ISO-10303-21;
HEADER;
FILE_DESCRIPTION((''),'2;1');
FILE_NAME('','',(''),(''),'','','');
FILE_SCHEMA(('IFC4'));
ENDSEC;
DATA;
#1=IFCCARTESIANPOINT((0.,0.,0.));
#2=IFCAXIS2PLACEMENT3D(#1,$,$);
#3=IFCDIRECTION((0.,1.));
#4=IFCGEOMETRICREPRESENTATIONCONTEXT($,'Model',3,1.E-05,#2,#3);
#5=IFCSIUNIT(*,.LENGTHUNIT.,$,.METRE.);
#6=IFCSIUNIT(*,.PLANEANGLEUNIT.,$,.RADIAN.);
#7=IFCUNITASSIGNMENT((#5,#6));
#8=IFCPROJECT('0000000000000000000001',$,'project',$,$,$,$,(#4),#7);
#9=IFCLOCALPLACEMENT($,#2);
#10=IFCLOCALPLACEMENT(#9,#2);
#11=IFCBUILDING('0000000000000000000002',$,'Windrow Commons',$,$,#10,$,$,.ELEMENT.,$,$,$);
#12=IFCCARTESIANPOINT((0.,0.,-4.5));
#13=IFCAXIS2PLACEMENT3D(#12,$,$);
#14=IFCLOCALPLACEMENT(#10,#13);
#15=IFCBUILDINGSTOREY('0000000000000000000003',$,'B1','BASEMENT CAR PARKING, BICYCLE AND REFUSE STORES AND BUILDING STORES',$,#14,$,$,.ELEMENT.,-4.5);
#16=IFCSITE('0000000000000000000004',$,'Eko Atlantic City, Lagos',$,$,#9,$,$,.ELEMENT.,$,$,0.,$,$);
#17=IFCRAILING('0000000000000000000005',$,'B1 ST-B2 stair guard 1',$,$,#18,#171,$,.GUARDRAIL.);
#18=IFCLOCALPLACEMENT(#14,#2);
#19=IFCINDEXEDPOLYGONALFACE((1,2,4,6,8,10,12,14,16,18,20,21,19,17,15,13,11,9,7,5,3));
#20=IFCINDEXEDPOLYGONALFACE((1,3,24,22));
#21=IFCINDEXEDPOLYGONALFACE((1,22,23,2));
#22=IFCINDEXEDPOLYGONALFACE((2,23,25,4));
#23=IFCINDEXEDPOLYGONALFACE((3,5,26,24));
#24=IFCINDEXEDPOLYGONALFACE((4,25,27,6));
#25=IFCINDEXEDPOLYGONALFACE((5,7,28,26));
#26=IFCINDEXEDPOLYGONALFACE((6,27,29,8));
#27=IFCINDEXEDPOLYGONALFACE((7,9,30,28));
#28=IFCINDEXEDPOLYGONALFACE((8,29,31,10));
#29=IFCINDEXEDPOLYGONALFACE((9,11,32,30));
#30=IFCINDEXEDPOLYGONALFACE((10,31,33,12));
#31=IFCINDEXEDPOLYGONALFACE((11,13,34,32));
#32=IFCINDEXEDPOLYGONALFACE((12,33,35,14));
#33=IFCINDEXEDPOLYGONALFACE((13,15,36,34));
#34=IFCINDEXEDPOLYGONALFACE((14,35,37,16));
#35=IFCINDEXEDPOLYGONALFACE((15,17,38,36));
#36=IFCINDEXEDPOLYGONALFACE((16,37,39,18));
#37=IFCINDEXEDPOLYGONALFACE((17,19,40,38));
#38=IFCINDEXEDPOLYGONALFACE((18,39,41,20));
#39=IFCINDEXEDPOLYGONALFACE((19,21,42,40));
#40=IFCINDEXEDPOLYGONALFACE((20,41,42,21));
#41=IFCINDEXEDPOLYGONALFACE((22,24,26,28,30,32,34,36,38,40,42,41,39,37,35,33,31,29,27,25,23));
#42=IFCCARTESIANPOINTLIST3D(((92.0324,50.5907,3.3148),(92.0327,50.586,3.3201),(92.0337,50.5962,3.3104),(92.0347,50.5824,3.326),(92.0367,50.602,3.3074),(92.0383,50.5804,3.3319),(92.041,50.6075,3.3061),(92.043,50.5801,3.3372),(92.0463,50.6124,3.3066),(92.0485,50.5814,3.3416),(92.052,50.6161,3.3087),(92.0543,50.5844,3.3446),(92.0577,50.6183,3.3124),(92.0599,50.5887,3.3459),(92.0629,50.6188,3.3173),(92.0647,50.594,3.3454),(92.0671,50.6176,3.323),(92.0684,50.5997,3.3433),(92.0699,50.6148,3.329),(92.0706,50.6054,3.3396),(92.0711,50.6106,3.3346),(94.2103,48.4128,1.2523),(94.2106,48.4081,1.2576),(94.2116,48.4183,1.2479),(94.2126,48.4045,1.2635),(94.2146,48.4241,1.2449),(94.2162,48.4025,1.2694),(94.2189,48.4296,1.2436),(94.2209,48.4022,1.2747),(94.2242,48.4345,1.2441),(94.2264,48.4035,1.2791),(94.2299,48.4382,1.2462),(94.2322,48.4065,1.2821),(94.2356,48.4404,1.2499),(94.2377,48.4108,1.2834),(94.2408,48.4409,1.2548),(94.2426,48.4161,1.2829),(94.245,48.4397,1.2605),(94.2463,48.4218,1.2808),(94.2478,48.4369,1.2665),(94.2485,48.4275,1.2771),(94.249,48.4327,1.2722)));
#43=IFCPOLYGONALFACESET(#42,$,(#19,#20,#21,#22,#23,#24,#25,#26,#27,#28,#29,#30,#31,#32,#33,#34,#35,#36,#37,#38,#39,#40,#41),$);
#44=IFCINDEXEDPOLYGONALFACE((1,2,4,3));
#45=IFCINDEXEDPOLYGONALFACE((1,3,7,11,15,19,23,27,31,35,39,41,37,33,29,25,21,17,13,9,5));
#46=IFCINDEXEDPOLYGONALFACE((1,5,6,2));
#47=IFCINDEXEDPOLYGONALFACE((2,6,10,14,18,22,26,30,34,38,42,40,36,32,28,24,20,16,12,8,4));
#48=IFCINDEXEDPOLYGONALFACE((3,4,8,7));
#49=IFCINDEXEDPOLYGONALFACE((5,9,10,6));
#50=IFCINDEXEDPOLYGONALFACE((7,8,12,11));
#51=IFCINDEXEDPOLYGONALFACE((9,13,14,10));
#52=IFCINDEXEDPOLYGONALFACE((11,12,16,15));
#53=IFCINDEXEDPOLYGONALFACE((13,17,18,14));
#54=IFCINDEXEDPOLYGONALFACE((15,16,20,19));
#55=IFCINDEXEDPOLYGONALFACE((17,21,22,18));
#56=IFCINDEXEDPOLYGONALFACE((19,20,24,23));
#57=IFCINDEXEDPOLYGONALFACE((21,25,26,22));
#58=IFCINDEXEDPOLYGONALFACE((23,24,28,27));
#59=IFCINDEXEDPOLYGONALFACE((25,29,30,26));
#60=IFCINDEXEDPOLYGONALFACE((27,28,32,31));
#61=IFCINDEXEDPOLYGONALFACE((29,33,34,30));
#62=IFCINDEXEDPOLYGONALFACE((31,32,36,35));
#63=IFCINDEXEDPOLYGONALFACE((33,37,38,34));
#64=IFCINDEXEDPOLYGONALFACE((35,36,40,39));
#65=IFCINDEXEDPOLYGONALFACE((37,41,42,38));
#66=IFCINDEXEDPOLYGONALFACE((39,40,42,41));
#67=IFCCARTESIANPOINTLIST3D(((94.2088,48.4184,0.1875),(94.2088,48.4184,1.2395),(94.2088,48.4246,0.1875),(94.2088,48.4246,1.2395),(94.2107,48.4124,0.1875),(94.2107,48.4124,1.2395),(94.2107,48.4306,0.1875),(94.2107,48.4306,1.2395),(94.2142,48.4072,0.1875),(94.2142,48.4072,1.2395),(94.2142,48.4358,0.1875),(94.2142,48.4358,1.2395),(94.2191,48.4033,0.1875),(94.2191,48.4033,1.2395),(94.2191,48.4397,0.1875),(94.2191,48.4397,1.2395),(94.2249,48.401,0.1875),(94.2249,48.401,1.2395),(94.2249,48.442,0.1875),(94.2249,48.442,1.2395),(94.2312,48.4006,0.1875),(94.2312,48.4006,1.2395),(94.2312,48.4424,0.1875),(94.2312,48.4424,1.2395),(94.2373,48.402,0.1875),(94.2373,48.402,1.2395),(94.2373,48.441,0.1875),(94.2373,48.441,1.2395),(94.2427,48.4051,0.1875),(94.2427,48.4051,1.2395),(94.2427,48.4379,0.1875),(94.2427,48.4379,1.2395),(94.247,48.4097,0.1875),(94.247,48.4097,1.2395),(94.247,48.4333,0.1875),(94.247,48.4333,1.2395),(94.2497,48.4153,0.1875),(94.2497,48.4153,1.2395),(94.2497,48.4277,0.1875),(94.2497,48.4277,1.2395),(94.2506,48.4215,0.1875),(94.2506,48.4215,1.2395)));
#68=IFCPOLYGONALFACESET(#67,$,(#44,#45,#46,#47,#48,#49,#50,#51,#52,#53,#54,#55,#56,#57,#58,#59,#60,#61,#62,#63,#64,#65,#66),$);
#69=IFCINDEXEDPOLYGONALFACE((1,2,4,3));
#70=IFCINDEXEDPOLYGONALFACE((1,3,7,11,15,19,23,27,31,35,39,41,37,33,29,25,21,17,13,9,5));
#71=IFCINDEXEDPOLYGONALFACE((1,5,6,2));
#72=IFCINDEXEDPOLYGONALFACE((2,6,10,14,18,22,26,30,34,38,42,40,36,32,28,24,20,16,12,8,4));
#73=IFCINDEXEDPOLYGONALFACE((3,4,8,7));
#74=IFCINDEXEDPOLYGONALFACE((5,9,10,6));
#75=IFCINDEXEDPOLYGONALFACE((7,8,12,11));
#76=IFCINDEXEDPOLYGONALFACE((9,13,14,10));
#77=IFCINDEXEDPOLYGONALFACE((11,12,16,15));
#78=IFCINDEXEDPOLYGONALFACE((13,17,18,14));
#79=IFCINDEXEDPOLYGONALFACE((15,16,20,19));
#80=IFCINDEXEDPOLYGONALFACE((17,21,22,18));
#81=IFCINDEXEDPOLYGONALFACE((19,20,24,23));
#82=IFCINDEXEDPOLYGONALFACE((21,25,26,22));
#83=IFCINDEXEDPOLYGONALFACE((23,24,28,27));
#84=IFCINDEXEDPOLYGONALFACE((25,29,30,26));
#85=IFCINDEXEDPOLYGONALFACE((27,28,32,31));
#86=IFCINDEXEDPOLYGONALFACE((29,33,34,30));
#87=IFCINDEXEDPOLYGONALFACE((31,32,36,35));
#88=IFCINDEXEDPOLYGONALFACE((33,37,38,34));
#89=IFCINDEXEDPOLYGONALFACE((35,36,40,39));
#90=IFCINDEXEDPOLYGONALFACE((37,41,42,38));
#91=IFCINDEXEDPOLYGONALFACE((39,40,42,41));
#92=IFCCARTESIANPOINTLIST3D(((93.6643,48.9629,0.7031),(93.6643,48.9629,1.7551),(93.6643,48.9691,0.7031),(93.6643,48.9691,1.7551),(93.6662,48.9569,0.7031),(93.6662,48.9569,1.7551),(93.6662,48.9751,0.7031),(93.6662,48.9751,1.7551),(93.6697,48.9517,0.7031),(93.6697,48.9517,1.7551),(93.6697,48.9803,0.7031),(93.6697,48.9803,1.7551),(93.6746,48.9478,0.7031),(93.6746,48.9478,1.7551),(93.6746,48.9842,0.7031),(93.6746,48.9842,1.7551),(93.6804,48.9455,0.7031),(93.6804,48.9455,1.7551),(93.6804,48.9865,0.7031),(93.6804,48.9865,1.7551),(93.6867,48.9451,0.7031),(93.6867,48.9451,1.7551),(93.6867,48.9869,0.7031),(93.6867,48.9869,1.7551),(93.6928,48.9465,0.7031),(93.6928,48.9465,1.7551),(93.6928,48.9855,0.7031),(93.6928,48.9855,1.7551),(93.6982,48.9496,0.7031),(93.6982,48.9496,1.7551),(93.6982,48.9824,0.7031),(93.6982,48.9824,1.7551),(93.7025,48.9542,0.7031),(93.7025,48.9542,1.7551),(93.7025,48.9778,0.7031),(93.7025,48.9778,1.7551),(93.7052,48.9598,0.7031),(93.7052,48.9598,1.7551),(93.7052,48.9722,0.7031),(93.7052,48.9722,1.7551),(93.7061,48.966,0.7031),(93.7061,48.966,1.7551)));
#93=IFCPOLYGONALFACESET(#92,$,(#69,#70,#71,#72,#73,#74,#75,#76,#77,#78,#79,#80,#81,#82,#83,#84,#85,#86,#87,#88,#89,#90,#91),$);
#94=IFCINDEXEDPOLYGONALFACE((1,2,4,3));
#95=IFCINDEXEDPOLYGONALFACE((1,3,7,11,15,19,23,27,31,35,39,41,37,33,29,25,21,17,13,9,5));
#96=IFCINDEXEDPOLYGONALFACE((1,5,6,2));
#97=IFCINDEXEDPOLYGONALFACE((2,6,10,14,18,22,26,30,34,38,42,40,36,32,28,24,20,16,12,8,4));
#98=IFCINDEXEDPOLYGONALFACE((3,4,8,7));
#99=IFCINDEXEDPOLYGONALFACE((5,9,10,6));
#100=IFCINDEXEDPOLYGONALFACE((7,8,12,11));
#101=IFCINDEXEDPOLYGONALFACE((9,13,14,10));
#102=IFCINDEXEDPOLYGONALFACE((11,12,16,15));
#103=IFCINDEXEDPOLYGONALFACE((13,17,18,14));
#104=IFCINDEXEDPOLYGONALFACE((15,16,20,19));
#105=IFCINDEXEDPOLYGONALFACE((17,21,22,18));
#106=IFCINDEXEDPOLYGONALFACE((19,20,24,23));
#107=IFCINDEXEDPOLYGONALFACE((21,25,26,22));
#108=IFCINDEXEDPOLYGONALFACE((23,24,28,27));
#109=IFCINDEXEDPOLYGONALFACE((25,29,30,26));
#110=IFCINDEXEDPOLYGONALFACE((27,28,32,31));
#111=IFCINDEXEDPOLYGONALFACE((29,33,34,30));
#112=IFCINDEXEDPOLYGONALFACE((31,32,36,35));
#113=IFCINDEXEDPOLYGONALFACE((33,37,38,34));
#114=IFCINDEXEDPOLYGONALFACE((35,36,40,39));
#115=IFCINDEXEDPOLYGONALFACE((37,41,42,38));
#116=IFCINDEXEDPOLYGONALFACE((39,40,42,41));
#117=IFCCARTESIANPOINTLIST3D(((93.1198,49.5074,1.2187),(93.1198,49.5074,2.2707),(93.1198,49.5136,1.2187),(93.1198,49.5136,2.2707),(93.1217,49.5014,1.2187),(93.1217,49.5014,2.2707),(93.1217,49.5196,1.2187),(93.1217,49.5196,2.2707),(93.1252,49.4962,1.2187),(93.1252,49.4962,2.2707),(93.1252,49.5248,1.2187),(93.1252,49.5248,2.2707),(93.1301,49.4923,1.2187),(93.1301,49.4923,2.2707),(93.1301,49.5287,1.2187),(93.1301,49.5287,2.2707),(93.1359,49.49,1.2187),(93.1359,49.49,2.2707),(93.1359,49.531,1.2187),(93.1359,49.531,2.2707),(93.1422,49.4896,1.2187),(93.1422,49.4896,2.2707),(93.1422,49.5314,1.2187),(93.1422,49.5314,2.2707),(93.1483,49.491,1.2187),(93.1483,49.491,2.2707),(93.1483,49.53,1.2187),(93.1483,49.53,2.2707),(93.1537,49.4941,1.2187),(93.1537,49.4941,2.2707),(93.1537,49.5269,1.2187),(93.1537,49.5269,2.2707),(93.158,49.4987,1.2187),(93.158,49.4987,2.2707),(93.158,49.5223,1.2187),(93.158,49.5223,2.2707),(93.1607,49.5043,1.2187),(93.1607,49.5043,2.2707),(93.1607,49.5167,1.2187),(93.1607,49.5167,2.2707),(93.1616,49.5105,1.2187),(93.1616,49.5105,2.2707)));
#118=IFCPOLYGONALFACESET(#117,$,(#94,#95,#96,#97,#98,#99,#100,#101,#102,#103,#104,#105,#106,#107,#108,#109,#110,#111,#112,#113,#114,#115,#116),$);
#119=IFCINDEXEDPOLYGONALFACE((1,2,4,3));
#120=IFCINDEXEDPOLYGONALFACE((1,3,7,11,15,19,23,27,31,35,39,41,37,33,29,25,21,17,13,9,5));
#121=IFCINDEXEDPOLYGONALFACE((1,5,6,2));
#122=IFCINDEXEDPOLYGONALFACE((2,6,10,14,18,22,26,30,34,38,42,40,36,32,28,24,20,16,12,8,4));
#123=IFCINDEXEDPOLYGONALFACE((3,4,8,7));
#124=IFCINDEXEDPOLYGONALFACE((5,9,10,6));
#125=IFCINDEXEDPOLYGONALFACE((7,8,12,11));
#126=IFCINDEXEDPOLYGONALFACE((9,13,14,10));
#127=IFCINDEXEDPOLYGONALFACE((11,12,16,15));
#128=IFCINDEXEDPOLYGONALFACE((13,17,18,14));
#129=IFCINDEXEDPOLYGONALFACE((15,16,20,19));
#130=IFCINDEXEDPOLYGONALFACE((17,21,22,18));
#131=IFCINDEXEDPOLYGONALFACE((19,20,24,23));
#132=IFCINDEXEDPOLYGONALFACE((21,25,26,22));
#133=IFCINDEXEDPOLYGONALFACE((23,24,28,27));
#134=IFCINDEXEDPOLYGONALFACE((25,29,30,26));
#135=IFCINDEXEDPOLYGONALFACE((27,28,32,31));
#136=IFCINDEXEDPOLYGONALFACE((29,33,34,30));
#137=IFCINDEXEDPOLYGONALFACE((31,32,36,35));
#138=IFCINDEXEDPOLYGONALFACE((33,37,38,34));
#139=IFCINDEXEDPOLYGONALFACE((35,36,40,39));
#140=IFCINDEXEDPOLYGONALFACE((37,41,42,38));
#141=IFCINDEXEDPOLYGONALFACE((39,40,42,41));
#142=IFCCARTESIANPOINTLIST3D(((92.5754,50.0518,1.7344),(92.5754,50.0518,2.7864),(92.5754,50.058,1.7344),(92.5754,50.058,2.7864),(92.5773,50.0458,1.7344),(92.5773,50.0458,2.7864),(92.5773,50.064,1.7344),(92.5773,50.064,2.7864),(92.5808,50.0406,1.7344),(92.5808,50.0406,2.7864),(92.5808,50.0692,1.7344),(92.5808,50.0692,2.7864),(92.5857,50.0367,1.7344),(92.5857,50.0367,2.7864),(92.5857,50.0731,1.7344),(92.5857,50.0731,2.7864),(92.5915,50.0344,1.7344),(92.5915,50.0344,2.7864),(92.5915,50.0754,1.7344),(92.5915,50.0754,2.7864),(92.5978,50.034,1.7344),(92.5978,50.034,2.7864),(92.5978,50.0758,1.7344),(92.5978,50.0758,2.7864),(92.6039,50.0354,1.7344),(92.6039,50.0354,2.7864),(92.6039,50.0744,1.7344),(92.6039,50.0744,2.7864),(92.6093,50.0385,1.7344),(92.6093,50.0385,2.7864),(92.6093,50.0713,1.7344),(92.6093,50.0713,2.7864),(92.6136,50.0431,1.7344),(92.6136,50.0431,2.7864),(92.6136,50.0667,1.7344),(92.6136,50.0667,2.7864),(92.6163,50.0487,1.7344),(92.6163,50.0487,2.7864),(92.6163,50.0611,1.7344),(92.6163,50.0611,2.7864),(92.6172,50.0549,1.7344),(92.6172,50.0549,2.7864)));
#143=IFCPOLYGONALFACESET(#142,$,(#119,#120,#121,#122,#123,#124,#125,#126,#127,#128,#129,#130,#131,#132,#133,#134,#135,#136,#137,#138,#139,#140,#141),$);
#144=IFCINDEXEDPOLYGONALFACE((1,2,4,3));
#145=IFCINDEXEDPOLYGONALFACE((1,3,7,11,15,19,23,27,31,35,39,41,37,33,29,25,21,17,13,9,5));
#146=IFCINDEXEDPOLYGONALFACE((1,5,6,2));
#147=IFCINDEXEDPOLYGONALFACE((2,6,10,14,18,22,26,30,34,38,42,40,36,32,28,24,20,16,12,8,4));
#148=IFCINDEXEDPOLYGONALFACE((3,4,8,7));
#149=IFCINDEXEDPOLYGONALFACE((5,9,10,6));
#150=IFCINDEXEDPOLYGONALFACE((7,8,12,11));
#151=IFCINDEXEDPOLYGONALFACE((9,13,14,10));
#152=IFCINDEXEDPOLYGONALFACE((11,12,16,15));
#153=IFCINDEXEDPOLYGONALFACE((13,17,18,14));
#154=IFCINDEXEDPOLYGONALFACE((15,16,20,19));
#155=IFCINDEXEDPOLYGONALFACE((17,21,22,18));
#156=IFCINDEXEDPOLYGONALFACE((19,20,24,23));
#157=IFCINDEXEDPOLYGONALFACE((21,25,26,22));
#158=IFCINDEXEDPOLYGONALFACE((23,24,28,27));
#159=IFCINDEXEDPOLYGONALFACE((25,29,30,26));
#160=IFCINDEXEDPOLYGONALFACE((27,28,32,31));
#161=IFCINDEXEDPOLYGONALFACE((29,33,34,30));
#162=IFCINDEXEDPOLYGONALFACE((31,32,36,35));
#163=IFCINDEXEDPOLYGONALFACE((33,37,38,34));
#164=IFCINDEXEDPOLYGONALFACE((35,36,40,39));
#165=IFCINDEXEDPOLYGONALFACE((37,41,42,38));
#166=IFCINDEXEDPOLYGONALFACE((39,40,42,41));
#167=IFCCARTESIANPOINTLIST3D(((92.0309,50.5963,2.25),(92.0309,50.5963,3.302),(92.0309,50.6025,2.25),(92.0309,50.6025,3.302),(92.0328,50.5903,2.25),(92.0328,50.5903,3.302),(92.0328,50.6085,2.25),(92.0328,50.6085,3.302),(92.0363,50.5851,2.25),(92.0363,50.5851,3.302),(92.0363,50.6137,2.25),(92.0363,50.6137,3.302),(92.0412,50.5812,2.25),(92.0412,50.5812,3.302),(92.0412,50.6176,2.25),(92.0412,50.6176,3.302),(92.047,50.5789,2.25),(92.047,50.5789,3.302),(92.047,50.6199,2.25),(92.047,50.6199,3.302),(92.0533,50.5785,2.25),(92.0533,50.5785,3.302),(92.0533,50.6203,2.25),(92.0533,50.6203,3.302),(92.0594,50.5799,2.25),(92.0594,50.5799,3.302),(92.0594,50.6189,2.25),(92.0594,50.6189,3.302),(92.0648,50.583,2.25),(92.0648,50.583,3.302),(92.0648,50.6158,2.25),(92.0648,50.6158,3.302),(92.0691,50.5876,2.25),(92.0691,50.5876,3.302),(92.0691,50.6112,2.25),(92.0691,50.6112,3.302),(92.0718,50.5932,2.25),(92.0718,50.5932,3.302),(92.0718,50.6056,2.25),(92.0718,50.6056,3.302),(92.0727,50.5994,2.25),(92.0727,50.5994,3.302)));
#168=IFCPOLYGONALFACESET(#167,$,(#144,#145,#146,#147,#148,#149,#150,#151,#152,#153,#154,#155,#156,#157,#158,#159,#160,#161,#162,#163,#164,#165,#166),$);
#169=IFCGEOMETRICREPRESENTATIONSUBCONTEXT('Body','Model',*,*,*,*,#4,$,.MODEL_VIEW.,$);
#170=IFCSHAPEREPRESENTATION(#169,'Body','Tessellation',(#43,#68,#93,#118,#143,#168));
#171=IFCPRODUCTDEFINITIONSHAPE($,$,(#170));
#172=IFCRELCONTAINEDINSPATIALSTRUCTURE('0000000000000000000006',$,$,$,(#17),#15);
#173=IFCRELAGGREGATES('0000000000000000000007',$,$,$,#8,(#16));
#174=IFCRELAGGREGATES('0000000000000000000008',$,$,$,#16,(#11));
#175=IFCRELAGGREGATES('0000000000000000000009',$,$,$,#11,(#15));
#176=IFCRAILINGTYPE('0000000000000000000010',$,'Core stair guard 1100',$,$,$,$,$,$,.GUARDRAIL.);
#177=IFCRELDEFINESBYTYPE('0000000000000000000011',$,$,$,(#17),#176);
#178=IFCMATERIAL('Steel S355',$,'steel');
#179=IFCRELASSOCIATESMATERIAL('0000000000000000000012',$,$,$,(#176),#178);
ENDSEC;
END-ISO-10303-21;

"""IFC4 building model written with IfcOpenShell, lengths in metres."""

from ifc_helpers import new_model, si_unit, direction, frame, origin, origin_2d, place, context, subcontext, project, spatial, circle, extrude, material, type_object, element, save


model = new_model("IFC4")

# Units and contexts
model_context = context("Model", 3, precision=1e-05, world=origin(), true_north=direction((0.0, 1.0)))
body_context = subcontext(model_context, "Body", "Model", "MODEL_VIEW")
ifc_project = project(units=[si_unit("LENGTHUNIT", "METRE"), si_unit("PLANEANGLEUNIT", "RADIAN")], contexts=[model_context])

# Site, building, storey
site_placement = place(None, origin())
site = spatial("IfcSite", under=ifc_project, at=site_placement, Name="Eko Atlantic City, Lagos", CompositionType="ELEMENT", RefElevation=0.0)
building_placement = place(site_placement, origin())
building = spatial("IfcBuilding", under=site, at=building_placement, Name="Windrow Commons", CompositionType="ELEMENT")
storey_placement = place(building_placement, frame((0.0, 0.0, -4.5)))
storey = spatial("IfcBuildingStorey", under=building, at=storey_placement, Name="B1", Description="BASEMENT CAR PARKING, BICYCLE AND REFUSE STORES AND BUILDING STORES", CompositionType="ELEMENT", Elevation=-4.5)

# Railing
ifc_material_1 = material(Name="Steel S355", Category="steel")
railing_type_1 = type_object("IfcRailingType", Name="Core stair guard 1100", PredefinedType="GUARDRAIL", material=ifc_material_1)
railing_1_placement = place(storey_placement, frame((94.2296, 48.4215, 0.1875)))
element("IfcRailing", 1, at=railing_1_placement, inside=storey, type_object=railing_type_1, Name="B1 ST-B2 stair guard 1", PredefinedType="GUARDRAIL", context=body_context, shape_type="SweptSolid", body=[
    extrude(circle(Radius=0.024, at=origin_2d()), frame((0.0, 0.0, 1.076), z_axis=(-0.587541, 0.587541, 0.556409), x_axis=(-0.707107, -0.707107, 0.0)), (0.0, 0.0, 1.0), 3.7068),
    extrude(circle(Radius=0.021, at=origin_2d()), origin(), (0.0, 0.0, 1.0), 1.052),
    extrude(circle(Radius=0.021, at=origin_2d()), frame((-0.5445, 0.5445, 0.5156)), (0.0, 0.0, 1.0), 1.052),
    extrude(circle(Radius=0.021, at=origin_2d()), frame((-1.089, 1.089, 1.0312)), (0.0, 0.0, 1.0), 1.052),
    extrude(circle(Radius=0.021, at=origin_2d()), frame((-1.6334, 1.6334, 1.5469)), (0.0, 0.0, 1.0), 1.052),
    extrude(circle(Radius=0.021, at=origin_2d()), frame((-2.1779, 2.1779, 2.0625)), (0.0, 0.0, 1.0), 1.052),
])

save(model, "model.ifc")
